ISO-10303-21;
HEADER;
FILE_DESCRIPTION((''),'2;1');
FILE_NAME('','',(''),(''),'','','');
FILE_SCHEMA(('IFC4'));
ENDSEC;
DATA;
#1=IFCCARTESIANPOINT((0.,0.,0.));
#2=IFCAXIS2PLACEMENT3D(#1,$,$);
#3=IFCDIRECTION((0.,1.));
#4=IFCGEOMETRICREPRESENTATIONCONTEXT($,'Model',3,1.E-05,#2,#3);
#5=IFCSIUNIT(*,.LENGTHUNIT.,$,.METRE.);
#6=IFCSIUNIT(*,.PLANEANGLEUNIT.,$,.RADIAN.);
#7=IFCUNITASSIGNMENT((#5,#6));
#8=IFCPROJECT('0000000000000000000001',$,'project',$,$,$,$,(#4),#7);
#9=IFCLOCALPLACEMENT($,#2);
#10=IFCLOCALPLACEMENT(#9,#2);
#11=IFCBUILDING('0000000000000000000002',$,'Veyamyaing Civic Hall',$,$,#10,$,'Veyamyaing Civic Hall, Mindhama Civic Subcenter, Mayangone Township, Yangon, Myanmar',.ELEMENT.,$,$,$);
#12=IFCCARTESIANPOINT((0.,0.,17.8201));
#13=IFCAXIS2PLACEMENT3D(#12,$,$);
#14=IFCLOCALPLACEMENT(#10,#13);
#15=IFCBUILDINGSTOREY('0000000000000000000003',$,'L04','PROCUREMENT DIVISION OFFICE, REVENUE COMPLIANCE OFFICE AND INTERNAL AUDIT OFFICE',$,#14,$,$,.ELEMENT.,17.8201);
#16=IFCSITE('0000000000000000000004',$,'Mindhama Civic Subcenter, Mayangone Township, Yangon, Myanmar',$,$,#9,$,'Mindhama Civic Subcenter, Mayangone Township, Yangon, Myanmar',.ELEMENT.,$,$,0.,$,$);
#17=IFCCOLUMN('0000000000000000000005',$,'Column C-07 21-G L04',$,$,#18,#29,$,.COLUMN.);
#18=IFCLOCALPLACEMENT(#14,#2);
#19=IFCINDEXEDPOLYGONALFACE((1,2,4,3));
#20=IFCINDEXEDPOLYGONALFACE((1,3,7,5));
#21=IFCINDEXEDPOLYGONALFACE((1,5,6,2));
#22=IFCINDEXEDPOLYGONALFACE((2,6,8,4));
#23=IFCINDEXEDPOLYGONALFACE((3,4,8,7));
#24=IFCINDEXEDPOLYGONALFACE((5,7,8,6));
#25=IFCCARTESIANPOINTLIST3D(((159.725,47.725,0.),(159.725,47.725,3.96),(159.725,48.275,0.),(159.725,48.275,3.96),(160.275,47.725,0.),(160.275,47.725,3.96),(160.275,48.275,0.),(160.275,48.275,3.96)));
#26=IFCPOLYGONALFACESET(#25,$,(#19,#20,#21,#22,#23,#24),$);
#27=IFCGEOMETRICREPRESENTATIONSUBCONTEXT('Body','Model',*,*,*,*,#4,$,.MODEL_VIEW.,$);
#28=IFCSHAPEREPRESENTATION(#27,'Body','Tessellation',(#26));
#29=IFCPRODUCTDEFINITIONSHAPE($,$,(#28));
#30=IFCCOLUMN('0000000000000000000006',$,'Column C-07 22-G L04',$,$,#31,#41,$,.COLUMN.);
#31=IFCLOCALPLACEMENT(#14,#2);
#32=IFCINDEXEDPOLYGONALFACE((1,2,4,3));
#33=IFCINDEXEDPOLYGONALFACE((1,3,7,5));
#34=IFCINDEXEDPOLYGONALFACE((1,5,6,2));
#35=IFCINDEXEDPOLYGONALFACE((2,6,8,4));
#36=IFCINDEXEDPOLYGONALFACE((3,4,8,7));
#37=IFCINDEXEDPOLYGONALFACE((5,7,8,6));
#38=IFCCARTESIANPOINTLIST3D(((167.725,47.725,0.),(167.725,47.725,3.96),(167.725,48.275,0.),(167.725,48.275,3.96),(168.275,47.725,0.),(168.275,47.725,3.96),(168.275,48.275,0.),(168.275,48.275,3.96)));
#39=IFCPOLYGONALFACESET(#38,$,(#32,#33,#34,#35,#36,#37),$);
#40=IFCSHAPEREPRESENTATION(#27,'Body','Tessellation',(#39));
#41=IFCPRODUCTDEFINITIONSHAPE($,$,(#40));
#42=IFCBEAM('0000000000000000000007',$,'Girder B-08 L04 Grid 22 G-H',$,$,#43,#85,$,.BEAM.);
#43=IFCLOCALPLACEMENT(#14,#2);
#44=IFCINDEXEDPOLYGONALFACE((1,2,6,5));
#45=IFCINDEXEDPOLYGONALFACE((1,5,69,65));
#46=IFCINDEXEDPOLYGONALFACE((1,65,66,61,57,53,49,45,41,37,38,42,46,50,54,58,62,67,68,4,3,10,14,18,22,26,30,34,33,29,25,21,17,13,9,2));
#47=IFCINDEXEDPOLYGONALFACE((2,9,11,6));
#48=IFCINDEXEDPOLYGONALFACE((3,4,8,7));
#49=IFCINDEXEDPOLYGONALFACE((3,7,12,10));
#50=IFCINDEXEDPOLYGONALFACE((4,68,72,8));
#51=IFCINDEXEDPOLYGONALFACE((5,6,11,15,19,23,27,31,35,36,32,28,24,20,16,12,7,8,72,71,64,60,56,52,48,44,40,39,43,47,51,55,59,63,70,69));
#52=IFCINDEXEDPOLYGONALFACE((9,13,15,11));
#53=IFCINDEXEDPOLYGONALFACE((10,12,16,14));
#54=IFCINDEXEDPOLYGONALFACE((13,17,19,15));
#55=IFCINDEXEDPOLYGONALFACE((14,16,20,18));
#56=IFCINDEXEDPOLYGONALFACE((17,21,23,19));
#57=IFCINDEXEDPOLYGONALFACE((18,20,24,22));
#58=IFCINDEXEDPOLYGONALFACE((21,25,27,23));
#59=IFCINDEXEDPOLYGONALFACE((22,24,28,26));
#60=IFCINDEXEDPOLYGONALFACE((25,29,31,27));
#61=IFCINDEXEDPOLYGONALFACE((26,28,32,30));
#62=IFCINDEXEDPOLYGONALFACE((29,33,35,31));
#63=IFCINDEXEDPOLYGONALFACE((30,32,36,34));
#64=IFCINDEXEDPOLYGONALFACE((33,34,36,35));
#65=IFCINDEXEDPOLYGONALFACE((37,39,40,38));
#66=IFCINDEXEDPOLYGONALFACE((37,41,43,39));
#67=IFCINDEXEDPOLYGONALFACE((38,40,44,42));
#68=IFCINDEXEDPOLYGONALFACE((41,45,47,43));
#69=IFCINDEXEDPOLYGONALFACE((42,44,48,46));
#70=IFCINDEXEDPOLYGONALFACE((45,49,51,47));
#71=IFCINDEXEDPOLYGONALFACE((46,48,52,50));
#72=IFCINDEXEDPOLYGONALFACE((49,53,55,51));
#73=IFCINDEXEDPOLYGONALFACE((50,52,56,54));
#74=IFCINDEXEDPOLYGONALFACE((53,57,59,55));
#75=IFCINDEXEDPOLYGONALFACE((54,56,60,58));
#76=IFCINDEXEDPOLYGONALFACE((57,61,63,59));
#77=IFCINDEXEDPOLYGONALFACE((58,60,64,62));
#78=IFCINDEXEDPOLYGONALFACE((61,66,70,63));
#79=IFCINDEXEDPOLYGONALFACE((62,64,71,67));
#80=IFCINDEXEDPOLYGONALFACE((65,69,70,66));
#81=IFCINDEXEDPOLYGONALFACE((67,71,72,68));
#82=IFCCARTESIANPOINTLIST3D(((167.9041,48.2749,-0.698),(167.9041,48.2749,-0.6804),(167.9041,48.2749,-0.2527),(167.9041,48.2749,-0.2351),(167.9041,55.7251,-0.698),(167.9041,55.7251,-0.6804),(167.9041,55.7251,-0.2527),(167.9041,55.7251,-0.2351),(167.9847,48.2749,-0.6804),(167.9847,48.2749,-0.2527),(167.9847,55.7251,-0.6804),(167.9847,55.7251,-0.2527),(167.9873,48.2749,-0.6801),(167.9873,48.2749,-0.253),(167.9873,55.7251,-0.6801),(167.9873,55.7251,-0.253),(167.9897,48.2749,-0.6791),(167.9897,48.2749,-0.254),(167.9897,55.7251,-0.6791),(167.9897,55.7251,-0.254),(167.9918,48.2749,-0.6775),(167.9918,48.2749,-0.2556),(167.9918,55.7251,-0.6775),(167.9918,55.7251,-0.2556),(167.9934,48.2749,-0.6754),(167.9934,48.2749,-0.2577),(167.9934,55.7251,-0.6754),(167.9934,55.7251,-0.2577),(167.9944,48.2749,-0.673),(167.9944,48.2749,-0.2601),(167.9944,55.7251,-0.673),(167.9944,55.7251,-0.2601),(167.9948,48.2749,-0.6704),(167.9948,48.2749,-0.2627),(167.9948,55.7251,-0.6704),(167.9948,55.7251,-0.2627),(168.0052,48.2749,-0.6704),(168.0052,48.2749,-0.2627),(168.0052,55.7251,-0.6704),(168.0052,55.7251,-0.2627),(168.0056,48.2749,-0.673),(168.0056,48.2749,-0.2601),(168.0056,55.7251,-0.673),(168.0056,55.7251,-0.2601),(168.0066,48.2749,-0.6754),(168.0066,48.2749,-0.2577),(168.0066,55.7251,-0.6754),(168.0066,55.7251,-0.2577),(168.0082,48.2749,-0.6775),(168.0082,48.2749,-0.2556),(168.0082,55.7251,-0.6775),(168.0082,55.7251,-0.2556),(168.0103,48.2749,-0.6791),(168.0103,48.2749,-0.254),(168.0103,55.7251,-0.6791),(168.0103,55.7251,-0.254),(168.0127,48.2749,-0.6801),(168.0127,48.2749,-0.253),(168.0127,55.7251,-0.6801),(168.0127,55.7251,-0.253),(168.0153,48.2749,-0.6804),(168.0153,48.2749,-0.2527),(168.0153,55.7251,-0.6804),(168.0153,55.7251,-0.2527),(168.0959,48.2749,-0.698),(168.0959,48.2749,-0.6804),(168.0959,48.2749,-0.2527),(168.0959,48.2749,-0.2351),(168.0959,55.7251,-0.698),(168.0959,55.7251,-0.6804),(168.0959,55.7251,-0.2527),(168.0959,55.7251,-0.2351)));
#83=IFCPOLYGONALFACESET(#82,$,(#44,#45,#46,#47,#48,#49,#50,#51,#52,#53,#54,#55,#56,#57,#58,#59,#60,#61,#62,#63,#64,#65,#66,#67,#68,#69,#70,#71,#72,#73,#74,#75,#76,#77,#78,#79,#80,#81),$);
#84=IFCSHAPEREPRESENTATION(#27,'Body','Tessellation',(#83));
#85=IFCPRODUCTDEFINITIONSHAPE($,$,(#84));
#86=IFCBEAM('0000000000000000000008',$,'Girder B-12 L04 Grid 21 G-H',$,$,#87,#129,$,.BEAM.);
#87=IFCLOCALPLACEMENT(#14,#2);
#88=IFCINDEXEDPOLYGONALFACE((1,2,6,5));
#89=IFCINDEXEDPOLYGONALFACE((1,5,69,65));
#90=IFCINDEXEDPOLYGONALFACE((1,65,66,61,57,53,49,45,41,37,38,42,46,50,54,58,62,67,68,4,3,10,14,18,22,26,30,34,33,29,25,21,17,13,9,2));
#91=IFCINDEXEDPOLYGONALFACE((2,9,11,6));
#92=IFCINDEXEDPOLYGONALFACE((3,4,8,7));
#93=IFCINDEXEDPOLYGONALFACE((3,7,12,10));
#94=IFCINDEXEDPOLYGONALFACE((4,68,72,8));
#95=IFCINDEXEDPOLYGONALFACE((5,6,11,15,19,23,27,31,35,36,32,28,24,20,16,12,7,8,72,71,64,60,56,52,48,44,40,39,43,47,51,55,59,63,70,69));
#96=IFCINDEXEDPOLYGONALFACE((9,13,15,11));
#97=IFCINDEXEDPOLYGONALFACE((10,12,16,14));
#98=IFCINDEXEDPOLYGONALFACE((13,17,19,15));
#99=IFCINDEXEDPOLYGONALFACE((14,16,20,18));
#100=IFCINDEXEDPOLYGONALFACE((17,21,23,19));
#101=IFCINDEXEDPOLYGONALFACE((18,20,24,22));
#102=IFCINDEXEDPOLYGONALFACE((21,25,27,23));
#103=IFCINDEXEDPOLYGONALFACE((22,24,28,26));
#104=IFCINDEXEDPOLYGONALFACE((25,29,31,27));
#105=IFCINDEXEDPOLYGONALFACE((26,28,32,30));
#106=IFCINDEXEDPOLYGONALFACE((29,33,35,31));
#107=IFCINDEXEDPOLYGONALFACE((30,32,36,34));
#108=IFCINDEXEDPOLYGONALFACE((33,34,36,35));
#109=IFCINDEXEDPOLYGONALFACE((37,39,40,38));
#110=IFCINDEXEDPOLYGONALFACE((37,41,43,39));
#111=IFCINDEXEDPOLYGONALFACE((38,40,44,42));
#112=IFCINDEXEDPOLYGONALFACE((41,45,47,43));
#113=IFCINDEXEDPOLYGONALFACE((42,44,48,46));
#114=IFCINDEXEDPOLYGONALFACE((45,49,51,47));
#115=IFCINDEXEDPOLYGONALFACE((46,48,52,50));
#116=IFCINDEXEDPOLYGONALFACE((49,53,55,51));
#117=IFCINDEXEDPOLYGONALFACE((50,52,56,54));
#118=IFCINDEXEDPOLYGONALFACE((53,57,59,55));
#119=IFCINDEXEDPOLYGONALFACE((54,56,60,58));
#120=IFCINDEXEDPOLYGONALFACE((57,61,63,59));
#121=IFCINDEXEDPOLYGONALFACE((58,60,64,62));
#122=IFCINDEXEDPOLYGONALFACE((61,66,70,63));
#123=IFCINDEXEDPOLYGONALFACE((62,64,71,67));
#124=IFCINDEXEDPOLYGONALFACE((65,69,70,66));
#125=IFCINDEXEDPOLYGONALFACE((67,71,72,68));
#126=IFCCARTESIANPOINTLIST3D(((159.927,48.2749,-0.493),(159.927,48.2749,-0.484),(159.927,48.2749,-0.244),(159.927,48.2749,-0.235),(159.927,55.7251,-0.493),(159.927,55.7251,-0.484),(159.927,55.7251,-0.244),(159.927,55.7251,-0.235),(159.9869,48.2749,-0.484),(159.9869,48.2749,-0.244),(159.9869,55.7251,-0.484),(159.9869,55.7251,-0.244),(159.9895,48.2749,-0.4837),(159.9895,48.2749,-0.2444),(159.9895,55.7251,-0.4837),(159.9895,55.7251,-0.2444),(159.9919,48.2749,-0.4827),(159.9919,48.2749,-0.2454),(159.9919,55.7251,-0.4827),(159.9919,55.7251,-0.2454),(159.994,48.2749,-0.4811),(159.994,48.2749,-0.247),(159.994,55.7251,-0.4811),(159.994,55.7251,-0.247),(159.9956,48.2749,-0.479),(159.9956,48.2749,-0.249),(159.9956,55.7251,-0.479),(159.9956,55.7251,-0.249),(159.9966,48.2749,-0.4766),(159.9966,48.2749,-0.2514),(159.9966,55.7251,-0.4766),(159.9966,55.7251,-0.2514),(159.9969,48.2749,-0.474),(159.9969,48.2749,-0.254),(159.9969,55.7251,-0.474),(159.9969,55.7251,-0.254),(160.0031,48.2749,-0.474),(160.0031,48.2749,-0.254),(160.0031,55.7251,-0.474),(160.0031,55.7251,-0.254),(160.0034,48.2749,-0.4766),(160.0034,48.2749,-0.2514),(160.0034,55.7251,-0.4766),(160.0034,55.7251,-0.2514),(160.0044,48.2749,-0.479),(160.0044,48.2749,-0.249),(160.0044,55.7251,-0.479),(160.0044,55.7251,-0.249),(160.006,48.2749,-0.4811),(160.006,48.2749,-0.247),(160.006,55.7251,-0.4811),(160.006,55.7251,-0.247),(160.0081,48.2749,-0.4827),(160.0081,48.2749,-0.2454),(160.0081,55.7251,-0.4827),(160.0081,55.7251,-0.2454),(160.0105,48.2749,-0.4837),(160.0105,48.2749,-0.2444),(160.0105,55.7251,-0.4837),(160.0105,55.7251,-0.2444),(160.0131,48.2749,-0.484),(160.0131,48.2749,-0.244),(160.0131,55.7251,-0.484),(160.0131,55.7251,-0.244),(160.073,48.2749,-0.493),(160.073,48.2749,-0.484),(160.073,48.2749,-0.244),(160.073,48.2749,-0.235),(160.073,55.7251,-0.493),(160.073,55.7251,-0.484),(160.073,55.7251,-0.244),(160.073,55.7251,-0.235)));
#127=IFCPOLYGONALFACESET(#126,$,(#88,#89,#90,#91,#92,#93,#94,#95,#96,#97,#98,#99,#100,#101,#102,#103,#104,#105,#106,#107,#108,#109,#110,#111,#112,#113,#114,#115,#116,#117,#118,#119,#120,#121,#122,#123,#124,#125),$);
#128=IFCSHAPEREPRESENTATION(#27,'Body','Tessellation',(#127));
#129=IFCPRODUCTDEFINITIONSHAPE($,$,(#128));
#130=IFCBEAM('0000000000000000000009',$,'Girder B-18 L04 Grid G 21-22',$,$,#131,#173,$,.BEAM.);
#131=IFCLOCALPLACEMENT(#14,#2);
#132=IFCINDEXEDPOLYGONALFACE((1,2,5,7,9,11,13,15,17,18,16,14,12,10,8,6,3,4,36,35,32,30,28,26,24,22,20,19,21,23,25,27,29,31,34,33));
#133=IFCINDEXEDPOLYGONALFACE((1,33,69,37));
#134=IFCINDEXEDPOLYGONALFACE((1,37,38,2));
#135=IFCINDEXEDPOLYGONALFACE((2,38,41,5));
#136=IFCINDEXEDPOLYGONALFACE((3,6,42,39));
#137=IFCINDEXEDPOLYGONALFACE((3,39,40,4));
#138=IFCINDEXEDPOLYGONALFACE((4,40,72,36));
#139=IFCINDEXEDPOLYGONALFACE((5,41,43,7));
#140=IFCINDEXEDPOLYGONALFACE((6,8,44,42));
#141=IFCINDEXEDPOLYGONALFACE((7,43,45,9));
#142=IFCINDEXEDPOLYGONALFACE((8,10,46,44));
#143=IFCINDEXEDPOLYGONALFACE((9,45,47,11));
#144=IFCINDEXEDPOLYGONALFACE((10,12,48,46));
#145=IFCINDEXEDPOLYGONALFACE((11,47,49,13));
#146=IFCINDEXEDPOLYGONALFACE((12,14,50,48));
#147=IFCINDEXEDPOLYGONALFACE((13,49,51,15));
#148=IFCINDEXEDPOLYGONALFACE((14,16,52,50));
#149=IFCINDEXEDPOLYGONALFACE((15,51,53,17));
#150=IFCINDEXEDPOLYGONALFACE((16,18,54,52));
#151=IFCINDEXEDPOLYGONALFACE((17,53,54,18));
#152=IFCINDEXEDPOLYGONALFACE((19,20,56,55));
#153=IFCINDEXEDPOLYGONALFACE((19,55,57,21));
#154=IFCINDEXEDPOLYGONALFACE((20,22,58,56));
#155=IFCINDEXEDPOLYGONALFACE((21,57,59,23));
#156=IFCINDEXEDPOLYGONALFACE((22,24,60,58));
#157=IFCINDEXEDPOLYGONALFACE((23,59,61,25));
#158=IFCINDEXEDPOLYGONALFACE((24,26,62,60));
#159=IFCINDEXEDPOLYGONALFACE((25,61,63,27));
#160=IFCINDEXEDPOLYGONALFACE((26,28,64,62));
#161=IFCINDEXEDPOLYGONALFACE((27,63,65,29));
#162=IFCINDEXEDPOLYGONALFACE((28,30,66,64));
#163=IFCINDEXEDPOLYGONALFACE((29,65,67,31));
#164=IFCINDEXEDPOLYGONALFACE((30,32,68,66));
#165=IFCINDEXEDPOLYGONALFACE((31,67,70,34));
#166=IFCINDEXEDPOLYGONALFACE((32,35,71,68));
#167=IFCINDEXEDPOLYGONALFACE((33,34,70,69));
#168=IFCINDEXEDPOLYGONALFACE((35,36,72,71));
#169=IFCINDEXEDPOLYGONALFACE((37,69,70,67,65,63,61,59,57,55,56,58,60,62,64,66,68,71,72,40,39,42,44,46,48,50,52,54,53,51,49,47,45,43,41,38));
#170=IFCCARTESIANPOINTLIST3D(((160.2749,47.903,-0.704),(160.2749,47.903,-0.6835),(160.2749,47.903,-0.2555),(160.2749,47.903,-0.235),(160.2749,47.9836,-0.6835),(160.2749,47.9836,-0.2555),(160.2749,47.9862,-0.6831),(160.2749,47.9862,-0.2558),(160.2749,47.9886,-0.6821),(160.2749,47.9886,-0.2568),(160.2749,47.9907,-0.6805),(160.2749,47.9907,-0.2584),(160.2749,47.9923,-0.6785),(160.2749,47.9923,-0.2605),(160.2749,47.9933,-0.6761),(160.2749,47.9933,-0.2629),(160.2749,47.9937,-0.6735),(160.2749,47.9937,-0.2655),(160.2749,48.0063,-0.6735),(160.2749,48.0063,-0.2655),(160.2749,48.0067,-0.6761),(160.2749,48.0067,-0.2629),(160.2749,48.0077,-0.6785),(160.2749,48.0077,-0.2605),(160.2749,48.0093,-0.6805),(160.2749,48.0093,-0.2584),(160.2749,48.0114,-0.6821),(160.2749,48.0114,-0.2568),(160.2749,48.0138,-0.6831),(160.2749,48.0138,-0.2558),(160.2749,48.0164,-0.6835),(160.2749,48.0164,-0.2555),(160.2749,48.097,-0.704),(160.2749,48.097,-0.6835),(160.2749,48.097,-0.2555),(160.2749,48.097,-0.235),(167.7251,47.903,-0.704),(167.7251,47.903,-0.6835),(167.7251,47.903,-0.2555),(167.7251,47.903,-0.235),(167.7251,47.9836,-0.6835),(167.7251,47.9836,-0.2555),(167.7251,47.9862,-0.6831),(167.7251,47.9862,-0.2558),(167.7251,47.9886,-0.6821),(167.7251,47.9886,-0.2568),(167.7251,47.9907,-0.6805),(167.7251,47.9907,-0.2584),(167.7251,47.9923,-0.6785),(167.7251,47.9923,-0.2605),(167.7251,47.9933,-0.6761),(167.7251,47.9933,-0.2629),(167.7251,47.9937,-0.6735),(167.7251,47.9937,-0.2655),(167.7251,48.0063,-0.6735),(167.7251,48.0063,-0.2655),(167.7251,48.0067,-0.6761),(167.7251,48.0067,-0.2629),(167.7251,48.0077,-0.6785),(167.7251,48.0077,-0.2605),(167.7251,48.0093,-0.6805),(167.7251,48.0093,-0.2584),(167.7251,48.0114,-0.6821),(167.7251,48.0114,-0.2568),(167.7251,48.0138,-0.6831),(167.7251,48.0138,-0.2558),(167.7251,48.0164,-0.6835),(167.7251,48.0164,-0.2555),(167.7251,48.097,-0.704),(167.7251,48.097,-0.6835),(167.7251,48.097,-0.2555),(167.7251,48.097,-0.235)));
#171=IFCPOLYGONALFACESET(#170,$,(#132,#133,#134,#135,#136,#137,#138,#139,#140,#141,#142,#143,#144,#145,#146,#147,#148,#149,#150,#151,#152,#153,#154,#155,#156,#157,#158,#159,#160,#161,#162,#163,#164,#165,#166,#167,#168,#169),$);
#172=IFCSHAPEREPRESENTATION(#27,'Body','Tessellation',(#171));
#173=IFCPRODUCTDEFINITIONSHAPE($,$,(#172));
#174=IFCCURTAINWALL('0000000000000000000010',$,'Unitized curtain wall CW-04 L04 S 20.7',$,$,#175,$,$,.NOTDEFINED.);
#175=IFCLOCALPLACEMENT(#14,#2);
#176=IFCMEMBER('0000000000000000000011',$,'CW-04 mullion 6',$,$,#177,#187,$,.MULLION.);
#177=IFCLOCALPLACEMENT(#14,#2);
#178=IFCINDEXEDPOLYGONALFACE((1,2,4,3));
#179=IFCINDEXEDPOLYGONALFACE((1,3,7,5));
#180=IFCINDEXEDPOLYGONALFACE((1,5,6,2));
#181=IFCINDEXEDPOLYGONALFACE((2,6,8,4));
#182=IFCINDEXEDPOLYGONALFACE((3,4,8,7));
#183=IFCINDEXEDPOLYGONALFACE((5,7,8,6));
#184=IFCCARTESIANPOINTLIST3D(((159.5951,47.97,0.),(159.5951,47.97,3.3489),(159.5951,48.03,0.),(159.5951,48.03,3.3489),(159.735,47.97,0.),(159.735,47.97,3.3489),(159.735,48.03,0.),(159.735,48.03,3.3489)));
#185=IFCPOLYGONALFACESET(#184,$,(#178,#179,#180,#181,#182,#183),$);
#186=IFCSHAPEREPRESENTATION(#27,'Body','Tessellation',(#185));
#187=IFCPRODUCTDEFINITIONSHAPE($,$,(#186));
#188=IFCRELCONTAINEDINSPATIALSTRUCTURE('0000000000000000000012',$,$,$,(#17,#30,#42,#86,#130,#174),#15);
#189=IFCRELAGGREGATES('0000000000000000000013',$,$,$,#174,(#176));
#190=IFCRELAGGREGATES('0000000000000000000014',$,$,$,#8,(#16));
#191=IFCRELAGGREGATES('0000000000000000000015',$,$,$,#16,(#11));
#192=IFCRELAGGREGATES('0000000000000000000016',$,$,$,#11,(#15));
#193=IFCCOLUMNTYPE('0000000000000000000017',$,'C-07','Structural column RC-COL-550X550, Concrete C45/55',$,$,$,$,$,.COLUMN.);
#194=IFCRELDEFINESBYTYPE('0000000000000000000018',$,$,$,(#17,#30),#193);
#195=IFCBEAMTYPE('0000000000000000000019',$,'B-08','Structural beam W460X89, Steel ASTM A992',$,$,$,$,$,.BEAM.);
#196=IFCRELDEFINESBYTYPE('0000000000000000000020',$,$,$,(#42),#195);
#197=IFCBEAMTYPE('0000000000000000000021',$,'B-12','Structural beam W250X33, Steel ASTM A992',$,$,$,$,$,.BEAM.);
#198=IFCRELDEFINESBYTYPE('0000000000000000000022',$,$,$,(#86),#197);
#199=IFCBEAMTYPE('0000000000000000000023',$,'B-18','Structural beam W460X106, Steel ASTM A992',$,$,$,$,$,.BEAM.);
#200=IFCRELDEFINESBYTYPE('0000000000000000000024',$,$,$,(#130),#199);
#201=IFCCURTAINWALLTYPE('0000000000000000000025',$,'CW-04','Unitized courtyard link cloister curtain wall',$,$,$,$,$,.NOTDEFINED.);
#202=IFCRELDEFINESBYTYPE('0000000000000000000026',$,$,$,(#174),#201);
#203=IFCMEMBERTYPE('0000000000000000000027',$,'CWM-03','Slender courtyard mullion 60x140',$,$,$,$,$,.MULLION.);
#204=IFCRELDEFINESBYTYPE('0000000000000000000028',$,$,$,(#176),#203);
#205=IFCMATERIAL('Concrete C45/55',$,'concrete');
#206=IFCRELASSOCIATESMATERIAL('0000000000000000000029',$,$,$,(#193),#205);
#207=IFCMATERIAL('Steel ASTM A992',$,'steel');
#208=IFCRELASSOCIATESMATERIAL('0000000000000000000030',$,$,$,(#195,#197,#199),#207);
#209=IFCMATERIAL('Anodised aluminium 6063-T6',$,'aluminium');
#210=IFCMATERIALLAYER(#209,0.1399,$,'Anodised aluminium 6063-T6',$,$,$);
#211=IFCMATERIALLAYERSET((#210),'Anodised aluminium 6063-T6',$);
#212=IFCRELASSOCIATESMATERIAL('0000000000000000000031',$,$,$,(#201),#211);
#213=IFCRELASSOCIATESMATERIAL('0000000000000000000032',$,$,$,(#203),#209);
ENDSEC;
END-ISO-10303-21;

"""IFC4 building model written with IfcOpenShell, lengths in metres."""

from ifc_helpers import new_model, si_unit, direction, frame, origin, origin_2d, place, context, subcontext, project, spatial, rectangle, i_section, extrude, material, layer, layer_set, material_profile, profile_set, type_object, element, aggregate, save


model = new_model("IFC4")

# Units and contexts
model_context = context("Model", 3, precision=1e-05, world=origin(), true_north=direction((0.0, 1.0)))
body_context = subcontext(model_context, "Body", "Model", "MODEL_VIEW")
ifc_project = project(units=[si_unit("LENGTHUNIT", "METRE"), si_unit("PLANEANGLEUNIT", "RADIAN")], contexts=[model_context])

# Site, building, storey
site_placement = place(None, origin())
site = spatial("IfcSite", under=ifc_project, at=site_placement, Name="Mindhama Civic Subcenter, Mayangone Township, Yangon, Myanmar", LongName="Mindhama Civic Subcenter, Mayangone Township, Yangon, Myanmar", CompositionType="ELEMENT", RefElevation=0.0)
building_placement = place(site_placement, origin())
building = spatial("IfcBuilding", under=site, at=building_placement, Name="Veyamyaing Civic Hall", LongName="Veyamyaing Civic Hall, Mindhama Civic Subcenter, Mayangone Township, Yangon, Myanmar", CompositionType="ELEMENT")
storey_placement = place(building_placement, frame((0.0, 0.0, 17.8201)))
storey = spatial("IfcBuildingStorey", under=building, at=storey_placement, Name="L04", Description="PROCUREMENT DIVISION OFFICE, REVENUE COMPLIANCE OFFICE AND INTERNAL AUDIT OFFICE", CompositionType="ELEMENT", Elevation=17.8201)

# Columns
ifc_material_1 = material(Name="Concrete C45/55", Category="concrete")
ifc_material_profile_1 = material_profile(ifc_material_1, rectangle(XDim=0.55, YDim=0.55, at=origin_2d()), Name="RC-COL-550X550")
ifc_profile_set_1 = profile_set([ifc_material_profile_1], Name="Concrete C45/55")
column_type = type_object("IfcColumnType", Name="C-07", Description="Structural column RC-COL-550X550, Concrete C45/55", PredefinedType="COLUMN", material=ifc_profile_set_1)
for number, where, z_axis, x_axis, name in (
    (1, (160.0, 48.0, 0.0), (0.0, 0.0, 1.0), (1.0, 0.0, 0.0), "Column C-07 21-G L04"),
    (2, (168.0, 48.0, 0.0), (0.0, 0.0, 1.0), (1.0, 0.0, 0.0), "Column C-07 22-G L04"),
):
    element("IfcColumn", number, at=place(storey_placement, frame(where, z_axis=z_axis, x_axis=x_axis)), inside=storey, type_object=column_type, Name=name, PredefinedType="COLUMN", context=body_context, shape_type="SweptSolid", body=[
        extrude(rectangle(XDim=0.55, YDim=0.55, at=origin_2d()), origin(), (0.0, 0.0, 1.0), 3.96),
    ])

# Beams
ifc_material_2 = material(Name="Steel ASTM A992", Category="steel")
ifc_material_profile_2 = material_profile(ifc_material_2, i_section(OverallWidth=0.1919, OverallDepth=0.4629, WebThickness=0.0105, FlangeThickness=0.0176, FilletRadius=0.01, at=origin_2d()), Name="W460X89")
ifc_profile_set_2 = profile_set([ifc_material_profile_2], Name="Steel ASTM A992")
beam_type_1 = type_object("IfcBeamType", Name="B-08", Description="Structural beam W460X89, Steel ASTM A992", PredefinedType="BEAM", material=ifc_profile_set_2)
beam_1_placement = place(storey_placement, frame((168.0, 48.2749, -0.4666), z_axis=(0.0, 1.0, 0.0), x_axis=(-1.0, 0.0, 0.0)))
element("IfcBeam", 3, at=beam_1_placement, inside=storey, type_object=beam_type_1, Name="Girder B-08 L04 Grid 22 G-H", PredefinedType="BEAM", context=body_context, shape_type="SweptSolid", body=[
    extrude(i_section(OverallWidth=0.1919, OverallDepth=0.4629, WebThickness=0.0105, FlangeThickness=0.0176, FilletRadius=0.01, at=origin_2d()), origin(), (0.0, 0.0, 1.0), 7.4502),
])
ifc_material_profile_3 = material_profile(ifc_material_2, i_section(OverallWidth=0.146, OverallDepth=0.2581, WebThickness=0.0061, FlangeThickness=0.009, FilletRadius=0.01, at=origin_2d()), Name="W250X33")
ifc_profile_set_3 = profile_set([ifc_material_profile_3], Name="Steel ASTM A992")
beam_type_2 = type_object("IfcBeamType", Name="B-12", Description="Structural beam W250X33, Steel ASTM A992", PredefinedType="BEAM", material=ifc_profile_set_3)
beam_2_placement = place(storey_placement, frame((160.0, 48.2749, -0.364), z_axis=(0.0, 1.0, 0.0), x_axis=(-1.0, 0.0, 0.0)))
element("IfcBeam", 4, at=beam_2_placement, inside=storey, type_object=beam_type_2, Name="Girder B-12 L04 Grid 21 G-H", PredefinedType="BEAM", context=body_context, shape_type="SweptSolid", body=[
    extrude(i_section(OverallWidth=0.146, OverallDepth=0.2581, WebThickness=0.0061, FlangeThickness=0.009, FilletRadius=0.01, at=origin_2d()), origin(), (0.0, 0.0, 1.0), 7.4502),
])
ifc_material_profile_4 = material_profile(ifc_material_2, i_section(OverallWidth=0.1941, OverallDepth=0.469, WebThickness=0.0127, FlangeThickness=0.0205, FilletRadius=0.01, at=origin_2d()), Name="W460X106")
ifc_profile_set_4 = profile_set([ifc_material_profile_4], Name="Steel ASTM A992")
beam_type_3 = type_object("IfcBeamType", Name="B-18", Description="Structural beam W460X106, Steel ASTM A992", PredefinedType="BEAM", material=ifc_profile_set_4)
beam_3_placement = place(storey_placement, frame((160.2749, 48.0, -0.4695), z_axis=(1.0, 0.0, 0.0), x_axis=(0.0, 1.0, 0.0)))
element("IfcBeam", 5, at=beam_3_placement, inside=storey, type_object=beam_type_3, Name="Girder B-18 L04 Grid G 21-22", PredefinedType="BEAM", context=body_context, shape_type="SweptSolid", body=[
    extrude(i_section(OverallWidth=0.1941, OverallDepth=0.469, WebThickness=0.0127, FlangeThickness=0.0205, FilletRadius=0.01, at=origin_2d()), origin(), (0.0, 0.0, 1.0), 7.4502),
])

# Curtain wall, member
ifc_material_3 = material(Name="Anodised aluminium 6063-T6", Category="aluminium")
ifc_layer_1 = layer(ifc_material_3, 0.1399, Name="Anodised aluminium 6063-T6")
ifc_layer_set_1 = layer_set([ifc_layer_1], Name="Anodised aluminium 6063-T6")
curtain_wall_type = type_object("IfcCurtainWallType", Name="CW-04", Description="Unitized courtyard link cloister curtain wall", PredefinedType="NOTDEFINED", material=ifc_layer_set_1)
curtain_wall_placement = place(storey_placement, origin())
curtain_wall = element("IfcCurtainWall", 6, at=curtain_wall_placement, inside=storey, type_object=curtain_wall_type, Name="Unitized curtain wall CW-04 L04 S 20.7", PredefinedType="NOTDEFINED")
ifc_material_profile_5 = material_profile(ifc_material_3, rectangle(XDim=0.0601, YDim=0.1399, at=origin_2d()), Name="ALU-MUL-60X140")
ifc_profile_set_5 = profile_set([ifc_material_profile_5], Name="Anodised aluminium 6063-T6")
member_type = type_object("IfcMemberType", Name="CWM-03", Description="Slender courtyard mullion 60x140", PredefinedType="MULLION", material=ifc_profile_set_5)
member_placement = place(storey_placement, frame((159.665, 48.0, 0.0), z_axis=(0.0, 0.0, 1.0), x_axis=(0.0, 1.0, 0.0)))
member = element("IfcMember", 7, at=member_placement, type_object=member_type, Name="CW-04 mullion 6", PredefinedType="MULLION", context=body_context, shape_type="SweptSolid", body=[
    extrude(rectangle(XDim=0.0601, YDim=0.1399, at=origin_2d()), origin(), (0.0, 0.0, 1.0), 3.3489),
])

aggregate(curtain_wall, [member])

save(model, "model.ifc")
